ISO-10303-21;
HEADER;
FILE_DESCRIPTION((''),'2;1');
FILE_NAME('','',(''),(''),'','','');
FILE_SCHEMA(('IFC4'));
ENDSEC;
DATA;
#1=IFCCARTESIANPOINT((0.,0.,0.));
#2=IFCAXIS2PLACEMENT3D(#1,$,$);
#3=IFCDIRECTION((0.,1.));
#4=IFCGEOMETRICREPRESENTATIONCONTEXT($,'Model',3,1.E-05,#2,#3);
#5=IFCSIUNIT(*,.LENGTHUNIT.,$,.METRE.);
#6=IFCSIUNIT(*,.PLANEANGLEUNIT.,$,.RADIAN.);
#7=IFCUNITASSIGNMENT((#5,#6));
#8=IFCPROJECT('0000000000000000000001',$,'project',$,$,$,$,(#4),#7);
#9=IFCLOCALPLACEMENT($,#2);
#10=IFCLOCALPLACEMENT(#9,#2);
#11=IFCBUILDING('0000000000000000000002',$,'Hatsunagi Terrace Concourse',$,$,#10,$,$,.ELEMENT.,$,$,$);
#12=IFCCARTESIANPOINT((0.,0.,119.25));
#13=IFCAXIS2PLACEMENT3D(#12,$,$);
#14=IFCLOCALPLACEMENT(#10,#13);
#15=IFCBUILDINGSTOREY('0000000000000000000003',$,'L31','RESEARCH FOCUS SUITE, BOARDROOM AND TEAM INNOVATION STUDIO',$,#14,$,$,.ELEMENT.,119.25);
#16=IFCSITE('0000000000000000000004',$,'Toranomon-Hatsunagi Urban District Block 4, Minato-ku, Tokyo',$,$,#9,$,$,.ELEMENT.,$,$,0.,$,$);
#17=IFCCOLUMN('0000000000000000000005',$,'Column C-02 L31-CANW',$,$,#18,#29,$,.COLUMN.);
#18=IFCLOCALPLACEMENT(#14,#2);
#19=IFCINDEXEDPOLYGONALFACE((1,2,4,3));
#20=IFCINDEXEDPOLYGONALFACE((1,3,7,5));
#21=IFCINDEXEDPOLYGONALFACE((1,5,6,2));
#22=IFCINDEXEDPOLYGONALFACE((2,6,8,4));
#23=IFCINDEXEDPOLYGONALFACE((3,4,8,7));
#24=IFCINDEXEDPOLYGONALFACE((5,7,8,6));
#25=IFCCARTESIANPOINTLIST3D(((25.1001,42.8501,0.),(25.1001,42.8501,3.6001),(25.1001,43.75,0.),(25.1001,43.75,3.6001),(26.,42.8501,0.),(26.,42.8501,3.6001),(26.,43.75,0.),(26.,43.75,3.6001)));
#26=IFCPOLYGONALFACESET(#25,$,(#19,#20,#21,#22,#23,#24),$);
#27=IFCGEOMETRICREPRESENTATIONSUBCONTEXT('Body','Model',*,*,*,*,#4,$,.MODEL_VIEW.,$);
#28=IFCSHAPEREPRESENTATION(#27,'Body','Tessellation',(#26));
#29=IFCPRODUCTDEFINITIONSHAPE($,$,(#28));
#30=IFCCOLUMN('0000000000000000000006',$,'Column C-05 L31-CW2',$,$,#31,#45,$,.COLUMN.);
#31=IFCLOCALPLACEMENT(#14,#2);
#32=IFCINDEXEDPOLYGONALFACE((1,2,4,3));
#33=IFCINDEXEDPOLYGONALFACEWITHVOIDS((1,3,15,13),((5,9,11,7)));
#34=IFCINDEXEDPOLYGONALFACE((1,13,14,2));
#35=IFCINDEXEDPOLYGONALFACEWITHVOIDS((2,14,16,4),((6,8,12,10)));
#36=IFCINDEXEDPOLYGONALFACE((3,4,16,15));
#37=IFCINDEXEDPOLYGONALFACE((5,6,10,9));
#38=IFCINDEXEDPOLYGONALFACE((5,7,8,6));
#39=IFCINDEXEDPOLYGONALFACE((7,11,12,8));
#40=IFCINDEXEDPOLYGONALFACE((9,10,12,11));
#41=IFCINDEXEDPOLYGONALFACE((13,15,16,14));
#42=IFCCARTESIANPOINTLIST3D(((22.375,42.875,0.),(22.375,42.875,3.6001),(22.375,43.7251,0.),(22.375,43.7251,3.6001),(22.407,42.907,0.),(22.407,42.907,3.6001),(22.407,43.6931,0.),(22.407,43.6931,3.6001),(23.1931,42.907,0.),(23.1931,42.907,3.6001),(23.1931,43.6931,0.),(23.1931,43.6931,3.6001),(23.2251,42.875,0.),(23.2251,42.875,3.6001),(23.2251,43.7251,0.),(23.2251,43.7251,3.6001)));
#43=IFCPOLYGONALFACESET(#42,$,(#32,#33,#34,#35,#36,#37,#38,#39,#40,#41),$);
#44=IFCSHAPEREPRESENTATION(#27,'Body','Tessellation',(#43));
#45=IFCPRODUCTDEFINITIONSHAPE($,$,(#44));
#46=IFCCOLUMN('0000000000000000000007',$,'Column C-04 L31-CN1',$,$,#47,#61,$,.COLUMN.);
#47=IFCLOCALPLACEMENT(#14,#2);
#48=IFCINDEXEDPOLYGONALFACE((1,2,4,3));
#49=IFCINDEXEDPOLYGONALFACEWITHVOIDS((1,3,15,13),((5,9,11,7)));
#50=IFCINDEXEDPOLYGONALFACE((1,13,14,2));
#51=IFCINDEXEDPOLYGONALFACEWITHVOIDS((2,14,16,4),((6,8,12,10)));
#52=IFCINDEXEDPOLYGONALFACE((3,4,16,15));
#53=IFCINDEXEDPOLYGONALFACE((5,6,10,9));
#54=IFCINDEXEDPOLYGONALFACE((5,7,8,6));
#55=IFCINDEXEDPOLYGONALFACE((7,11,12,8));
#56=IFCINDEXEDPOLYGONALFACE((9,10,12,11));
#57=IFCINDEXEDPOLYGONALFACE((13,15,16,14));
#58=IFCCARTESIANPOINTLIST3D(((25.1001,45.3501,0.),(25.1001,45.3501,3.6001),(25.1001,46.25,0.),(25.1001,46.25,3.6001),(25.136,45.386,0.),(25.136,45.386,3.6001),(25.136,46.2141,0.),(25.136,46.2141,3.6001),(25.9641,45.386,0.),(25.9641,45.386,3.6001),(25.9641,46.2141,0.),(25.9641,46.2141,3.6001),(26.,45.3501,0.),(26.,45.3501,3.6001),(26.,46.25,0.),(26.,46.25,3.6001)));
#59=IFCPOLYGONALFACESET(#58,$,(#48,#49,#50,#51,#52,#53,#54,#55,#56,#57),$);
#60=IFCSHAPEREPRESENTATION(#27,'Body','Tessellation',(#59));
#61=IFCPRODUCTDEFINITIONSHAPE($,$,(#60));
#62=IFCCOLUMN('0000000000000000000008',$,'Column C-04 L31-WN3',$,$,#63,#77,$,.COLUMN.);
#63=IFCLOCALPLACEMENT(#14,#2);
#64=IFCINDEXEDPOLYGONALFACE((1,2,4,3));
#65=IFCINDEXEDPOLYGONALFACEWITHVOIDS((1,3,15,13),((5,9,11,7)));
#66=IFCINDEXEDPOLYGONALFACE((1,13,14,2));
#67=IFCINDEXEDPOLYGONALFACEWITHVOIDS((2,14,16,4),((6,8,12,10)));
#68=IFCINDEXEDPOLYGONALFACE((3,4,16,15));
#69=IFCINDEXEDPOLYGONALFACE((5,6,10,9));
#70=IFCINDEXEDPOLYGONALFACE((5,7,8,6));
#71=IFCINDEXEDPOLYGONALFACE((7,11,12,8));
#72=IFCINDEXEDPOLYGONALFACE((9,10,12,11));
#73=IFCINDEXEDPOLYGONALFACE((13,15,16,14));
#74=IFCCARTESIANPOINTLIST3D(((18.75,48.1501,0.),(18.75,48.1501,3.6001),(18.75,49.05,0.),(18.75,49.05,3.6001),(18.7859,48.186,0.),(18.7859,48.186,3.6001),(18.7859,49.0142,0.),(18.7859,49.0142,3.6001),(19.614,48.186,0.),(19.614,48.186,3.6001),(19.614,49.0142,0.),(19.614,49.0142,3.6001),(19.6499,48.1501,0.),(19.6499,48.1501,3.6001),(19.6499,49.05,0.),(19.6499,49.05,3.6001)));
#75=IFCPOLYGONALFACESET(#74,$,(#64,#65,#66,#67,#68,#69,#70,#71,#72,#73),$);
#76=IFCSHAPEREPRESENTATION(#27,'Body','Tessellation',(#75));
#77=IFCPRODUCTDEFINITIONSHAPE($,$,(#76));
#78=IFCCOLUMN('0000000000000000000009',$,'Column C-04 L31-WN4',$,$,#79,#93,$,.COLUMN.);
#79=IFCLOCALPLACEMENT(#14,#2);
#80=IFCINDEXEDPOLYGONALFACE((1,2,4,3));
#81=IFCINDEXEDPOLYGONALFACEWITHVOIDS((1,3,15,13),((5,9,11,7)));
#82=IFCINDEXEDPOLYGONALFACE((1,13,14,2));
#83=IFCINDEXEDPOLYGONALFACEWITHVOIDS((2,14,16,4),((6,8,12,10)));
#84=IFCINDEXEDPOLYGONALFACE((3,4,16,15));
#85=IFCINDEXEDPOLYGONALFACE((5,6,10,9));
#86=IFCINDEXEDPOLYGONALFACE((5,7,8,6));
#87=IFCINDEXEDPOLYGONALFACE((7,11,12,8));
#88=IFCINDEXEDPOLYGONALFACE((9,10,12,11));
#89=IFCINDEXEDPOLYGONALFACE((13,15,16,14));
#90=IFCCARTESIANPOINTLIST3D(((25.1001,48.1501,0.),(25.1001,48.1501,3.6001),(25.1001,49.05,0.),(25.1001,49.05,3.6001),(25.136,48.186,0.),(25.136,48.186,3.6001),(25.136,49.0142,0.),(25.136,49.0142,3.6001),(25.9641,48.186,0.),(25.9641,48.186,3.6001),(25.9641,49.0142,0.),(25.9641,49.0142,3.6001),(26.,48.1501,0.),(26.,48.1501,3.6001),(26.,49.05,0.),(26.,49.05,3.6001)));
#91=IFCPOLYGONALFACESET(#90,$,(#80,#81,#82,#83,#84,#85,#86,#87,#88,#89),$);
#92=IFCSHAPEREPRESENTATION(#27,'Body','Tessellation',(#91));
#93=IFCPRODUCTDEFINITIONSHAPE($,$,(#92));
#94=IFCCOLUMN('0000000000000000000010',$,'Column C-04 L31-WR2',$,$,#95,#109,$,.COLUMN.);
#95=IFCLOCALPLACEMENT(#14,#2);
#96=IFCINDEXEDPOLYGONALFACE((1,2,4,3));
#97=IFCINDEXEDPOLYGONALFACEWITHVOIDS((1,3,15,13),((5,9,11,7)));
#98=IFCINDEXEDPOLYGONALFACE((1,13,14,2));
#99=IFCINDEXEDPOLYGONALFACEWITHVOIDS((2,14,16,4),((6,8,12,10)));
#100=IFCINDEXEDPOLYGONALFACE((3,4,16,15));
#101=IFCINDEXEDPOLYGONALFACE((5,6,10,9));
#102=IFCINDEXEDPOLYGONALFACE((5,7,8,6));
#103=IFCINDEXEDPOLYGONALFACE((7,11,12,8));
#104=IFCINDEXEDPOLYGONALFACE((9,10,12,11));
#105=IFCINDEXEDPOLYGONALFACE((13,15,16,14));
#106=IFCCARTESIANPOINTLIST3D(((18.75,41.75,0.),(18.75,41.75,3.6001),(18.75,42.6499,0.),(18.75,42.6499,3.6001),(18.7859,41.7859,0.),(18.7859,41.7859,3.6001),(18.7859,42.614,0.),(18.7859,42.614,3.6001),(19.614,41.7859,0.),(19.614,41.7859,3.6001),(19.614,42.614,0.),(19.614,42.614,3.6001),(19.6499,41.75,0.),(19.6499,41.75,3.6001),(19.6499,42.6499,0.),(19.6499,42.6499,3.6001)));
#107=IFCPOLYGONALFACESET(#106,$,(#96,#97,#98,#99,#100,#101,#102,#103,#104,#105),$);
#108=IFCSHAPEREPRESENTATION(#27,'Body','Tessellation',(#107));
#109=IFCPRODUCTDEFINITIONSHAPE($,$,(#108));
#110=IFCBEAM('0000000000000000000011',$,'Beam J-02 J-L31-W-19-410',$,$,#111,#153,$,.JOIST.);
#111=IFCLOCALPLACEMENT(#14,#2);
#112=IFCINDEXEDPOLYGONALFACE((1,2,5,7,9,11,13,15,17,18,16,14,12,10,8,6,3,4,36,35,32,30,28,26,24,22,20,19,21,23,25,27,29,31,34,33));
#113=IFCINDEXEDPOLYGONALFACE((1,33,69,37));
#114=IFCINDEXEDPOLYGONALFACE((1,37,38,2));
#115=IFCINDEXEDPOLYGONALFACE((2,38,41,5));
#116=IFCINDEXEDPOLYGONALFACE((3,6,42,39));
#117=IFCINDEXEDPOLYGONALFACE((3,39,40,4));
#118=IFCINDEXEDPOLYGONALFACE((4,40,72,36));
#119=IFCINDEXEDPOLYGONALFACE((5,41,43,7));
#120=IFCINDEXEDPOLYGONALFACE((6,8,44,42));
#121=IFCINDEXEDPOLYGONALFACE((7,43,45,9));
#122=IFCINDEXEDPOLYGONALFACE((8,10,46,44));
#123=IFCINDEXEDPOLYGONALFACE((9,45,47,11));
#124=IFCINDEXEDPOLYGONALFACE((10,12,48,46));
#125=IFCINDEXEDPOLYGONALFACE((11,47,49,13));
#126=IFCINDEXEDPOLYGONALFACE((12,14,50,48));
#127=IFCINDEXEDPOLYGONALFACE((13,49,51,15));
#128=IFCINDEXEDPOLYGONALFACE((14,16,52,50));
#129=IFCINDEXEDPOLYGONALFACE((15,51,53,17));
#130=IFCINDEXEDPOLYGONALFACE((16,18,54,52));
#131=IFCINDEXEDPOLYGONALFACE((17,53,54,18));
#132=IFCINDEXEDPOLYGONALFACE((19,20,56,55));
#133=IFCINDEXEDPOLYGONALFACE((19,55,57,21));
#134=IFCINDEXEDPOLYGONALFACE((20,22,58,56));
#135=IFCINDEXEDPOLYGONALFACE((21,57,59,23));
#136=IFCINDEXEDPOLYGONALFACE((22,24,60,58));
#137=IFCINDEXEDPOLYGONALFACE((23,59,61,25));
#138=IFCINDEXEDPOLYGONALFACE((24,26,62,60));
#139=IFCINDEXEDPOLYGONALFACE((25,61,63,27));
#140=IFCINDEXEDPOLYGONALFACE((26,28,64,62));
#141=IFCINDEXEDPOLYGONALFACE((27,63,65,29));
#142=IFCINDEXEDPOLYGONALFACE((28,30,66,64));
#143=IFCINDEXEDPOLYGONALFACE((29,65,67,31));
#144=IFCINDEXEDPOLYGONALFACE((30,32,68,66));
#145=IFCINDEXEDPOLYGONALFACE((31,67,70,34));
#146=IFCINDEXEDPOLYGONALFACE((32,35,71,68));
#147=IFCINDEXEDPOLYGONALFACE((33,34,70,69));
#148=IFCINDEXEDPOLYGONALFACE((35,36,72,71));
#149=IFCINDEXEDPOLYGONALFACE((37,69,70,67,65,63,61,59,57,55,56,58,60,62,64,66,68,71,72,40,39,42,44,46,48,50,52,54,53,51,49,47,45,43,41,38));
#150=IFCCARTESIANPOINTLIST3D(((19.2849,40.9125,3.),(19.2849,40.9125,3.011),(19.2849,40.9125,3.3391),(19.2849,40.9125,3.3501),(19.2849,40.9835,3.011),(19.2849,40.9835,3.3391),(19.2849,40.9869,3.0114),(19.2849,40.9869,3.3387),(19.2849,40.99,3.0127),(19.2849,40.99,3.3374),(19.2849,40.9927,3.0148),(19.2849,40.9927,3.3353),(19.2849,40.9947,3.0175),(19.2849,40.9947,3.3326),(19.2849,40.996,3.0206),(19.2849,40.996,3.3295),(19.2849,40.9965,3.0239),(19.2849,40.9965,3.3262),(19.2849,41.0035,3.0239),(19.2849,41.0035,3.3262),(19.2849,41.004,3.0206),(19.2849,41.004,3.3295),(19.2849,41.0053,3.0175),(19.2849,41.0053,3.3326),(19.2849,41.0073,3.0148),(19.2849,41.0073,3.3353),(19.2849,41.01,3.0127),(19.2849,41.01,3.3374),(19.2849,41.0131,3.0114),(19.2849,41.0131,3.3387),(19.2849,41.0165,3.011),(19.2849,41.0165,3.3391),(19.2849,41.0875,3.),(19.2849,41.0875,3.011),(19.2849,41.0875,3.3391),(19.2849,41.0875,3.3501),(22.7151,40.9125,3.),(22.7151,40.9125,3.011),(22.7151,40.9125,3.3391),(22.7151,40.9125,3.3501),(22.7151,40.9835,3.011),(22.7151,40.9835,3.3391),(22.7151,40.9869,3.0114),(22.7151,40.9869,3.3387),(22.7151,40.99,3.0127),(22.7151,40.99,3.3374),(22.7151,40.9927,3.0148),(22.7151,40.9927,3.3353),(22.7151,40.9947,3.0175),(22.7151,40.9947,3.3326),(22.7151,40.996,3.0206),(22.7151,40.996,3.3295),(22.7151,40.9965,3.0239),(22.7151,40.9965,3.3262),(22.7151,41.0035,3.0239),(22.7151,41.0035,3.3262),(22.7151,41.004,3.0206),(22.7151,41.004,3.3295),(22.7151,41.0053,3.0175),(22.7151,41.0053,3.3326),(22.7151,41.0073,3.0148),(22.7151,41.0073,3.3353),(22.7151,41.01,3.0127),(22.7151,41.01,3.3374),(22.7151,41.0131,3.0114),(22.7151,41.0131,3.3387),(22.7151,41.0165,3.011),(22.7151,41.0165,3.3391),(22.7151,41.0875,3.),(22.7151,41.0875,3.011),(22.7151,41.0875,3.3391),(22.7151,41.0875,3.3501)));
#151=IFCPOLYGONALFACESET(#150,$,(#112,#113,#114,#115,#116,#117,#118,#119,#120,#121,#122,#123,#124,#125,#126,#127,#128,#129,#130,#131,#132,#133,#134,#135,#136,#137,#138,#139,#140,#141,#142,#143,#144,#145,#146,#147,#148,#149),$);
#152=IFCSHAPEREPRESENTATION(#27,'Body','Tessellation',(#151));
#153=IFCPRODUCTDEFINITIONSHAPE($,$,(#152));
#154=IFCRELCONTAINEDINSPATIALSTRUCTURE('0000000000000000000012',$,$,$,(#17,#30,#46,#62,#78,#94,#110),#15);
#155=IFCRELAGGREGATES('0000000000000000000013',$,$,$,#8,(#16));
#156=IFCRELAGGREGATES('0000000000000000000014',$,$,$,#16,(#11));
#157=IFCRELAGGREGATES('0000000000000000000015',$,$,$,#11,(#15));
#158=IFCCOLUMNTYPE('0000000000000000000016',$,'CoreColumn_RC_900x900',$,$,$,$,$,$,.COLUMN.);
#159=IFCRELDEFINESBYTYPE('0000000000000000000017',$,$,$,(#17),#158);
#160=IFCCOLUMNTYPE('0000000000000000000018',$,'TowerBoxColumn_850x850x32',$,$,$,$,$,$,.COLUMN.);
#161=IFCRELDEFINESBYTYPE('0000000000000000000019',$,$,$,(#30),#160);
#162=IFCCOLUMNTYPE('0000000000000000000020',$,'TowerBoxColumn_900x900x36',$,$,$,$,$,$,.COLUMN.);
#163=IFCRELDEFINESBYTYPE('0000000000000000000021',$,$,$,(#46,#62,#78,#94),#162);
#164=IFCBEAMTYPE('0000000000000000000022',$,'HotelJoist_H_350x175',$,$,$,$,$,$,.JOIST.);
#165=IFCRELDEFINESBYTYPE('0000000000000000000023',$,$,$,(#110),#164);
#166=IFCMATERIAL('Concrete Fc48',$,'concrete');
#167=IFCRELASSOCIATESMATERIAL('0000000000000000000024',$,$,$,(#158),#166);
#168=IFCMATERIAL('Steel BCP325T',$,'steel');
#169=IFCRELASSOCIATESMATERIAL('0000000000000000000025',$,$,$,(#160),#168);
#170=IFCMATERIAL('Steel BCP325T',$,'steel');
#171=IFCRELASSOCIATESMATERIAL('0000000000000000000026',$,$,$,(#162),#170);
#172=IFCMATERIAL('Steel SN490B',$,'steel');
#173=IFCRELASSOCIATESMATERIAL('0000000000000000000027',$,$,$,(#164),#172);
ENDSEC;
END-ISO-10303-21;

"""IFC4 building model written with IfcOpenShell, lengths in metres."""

from ifc_helpers import new_model, si_unit, direction, frame, origin, origin_2d, place, context, subcontext, project, spatial, rectangle, hollow_rectangle, i_section, extrude, material, material_profile, profile_set, type_object, element, save


model = new_model("IFC4")

# Units and contexts
model_context = context("Model", 3, precision=1e-05, world=origin(), true_north=direction((0.0, 1.0)))
body_context = subcontext(model_context, "Body", "Model", "MODEL_VIEW")
ifc_project = project(units=[si_unit("LENGTHUNIT", "METRE"), si_unit("PLANEANGLEUNIT", "RADIAN")], contexts=[model_context])

# Site, building, storey
site_placement = place(None, origin())
site = spatial("IfcSite", under=ifc_project, at=site_placement, Name="Toranomon-Hatsunagi Urban District Block 4, Minato-ku, Tokyo", CompositionType="ELEMENT", RefElevation=0.0)
building_placement = place(site_placement, origin())
building = spatial("IfcBuilding", under=site, at=building_placement, Name="Hatsunagi Terrace Concourse", CompositionType="ELEMENT")
storey_placement = place(building_placement, frame((0.0, 0.0, 119.25)))
storey = spatial("IfcBuildingStorey", under=building, at=storey_placement, Name="L31", Description="RESEARCH FOCUS SUITE, BOARDROOM AND TEAM INNOVATION STUDIO", CompositionType="ELEMENT", Elevation=119.25)

# Columns
ifc_material_1 = material(Name="Concrete Fc48", Category="concrete")
ifc_material_profile_1 = material_profile(ifc_material_1, rectangle(XDim=0.8999, YDim=0.8999, at=origin_2d()), Name="RC-900x900")
ifc_profile_set_1 = profile_set([ifc_material_profile_1], Name="Concrete Fc48")
column_type_1 = type_object("IfcColumnType", Name="CoreColumn_RC_900x900", PredefinedType="COLUMN", material=ifc_profile_set_1)
column_1_placement = place(storey_placement, frame((25.55, 43.3, 0.0), z_axis=(0.0, 0.0, 1.0), x_axis=(1.0, 0.0, 0.0)))
element("IfcColumn", 1, at=column_1_placement, inside=storey, type_object=column_type_1, Name="Column C-02 L31-CANW", PredefinedType="COLUMN", context=body_context, shape_type="SweptSolid", body=[
    extrude(rectangle(XDim=0.8999, YDim=0.8999, at=origin_2d()), origin(), (0.0, 0.0, 1.0), 3.6001),
])
ifc_material_2 = material(Name="Steel BCP325T", Category="steel")
ifc_material_profile_2 = material_profile(ifc_material_2, hollow_rectangle(XDim=0.8501, YDim=0.8501, WallThickness=0.032, at=origin_2d()), Name="BCP-850x850x32")
ifc_profile_set_2 = profile_set([ifc_material_profile_2], Name="Steel BCP325T")
column_type_2 = type_object("IfcColumnType", Name="TowerBoxColumn_850x850x32", PredefinedType="COLUMN", material=ifc_profile_set_2)
column_2_placement = place(storey_placement, frame((22.8, 43.3, 0.0), z_axis=(0.0, 0.0, 1.0), x_axis=(1.0, 0.0, 0.0)))
element("IfcColumn", 2, at=column_2_placement, inside=storey, type_object=column_type_2, Name="Column C-05 L31-CW2", PredefinedType="COLUMN", context=body_context, shape_type="SweptSolid", body=[
    extrude(hollow_rectangle(XDim=0.8501, YDim=0.8501, WallThickness=0.032, at=origin_2d()), origin(), (0.0, 0.0, 1.0), 3.6001),
])
ifc_material_3 = material(Name="Steel BCP325T", Category="steel")
ifc_material_profile_3 = material_profile(ifc_material_3, hollow_rectangle(XDim=0.8999, YDim=0.8999, WallThickness=0.0359, at=origin_2d()), Name="BCP-900x900x36")
ifc_profile_set_3 = profile_set([ifc_material_profile_3], Name="Steel BCP325T")
column_type_3 = type_object("IfcColumnType", Name="TowerBoxColumn_900x900x36", PredefinedType="COLUMN", material=ifc_profile_set_3)
for number, where, z_axis, x_axis, name in (
    (3, (25.55, 45.8, 0.0), (0.0, 0.0, 1.0), (1.0, 0.0, 0.0), "Column C-04 L31-CN1"),
    (4, (19.2, 48.6001, 0.0), (0.0, 0.0, 1.0), (1.0, 0.0, 0.0), "Column C-04 L31-WN3"),
    (5, (25.55, 48.6001, 0.0), (0.0, 0.0, 1.0), (1.0, 0.0, 0.0), "Column C-04 L31-WN4"),
    (6, (19.2, 42.2, 0.0), (0.0, 0.0, 1.0), (1.0, 0.0, 0.0), "Column C-04 L31-WR2"),
):
    element("IfcColumn", number, at=place(storey_placement, frame(where, z_axis=z_axis, x_axis=x_axis)), inside=storey, type_object=column_type_3, Name=name, PredefinedType="COLUMN", context=body_context, shape_type="SweptSolid", body=[
        extrude(hollow_rectangle(XDim=0.8999, YDim=0.8999, WallThickness=0.0359, at=origin_2d()), origin(), (0.0, 0.0, 1.0), 3.6001),
    ])

# Beam
ifc_material_4 = material(Name="Steel SN490B", Category="steel")
ifc_material_profile_4 = material_profile(ifc_material_4, i_section(OverallWidth=0.175, OverallDepth=0.3501, WebThickness=0.0071, FlangeThickness=0.011, FilletRadius=0.0129, at=origin_2d()), Name="H-350x175x7x11")
ifc_profile_set_4 = profile_set([ifc_material_profile_4], Name="Steel SN490B")
beam_type_1 = type_object("IfcBeamType", Name="HotelJoist_H_350x175", PredefinedType="JOIST", material=ifc_profile_set_4)
beam_1_placement = place(storey_placement, frame((19.2849, 41.0, 3.175), z_axis=(1.0, 0.0, 0.0), x_axis=(0.0, 1.0, 0.0)))
element("IfcBeam", 7, at=beam_1_placement, inside=storey, type_object=beam_type_1, Name="Beam J-02 J-L31-W-19-410", PredefinedType="JOIST", context=body_context, shape_type="SweptSolid", body=[
    extrude(i_section(OverallWidth=0.175, OverallDepth=0.3501, WebThickness=0.0071, FlangeThickness=0.011, FilletRadius=0.0129, at=origin_2d()), origin(), (0.0, 0.0, 1.0), 3.4302),
])

save(model, "model.ifc")
